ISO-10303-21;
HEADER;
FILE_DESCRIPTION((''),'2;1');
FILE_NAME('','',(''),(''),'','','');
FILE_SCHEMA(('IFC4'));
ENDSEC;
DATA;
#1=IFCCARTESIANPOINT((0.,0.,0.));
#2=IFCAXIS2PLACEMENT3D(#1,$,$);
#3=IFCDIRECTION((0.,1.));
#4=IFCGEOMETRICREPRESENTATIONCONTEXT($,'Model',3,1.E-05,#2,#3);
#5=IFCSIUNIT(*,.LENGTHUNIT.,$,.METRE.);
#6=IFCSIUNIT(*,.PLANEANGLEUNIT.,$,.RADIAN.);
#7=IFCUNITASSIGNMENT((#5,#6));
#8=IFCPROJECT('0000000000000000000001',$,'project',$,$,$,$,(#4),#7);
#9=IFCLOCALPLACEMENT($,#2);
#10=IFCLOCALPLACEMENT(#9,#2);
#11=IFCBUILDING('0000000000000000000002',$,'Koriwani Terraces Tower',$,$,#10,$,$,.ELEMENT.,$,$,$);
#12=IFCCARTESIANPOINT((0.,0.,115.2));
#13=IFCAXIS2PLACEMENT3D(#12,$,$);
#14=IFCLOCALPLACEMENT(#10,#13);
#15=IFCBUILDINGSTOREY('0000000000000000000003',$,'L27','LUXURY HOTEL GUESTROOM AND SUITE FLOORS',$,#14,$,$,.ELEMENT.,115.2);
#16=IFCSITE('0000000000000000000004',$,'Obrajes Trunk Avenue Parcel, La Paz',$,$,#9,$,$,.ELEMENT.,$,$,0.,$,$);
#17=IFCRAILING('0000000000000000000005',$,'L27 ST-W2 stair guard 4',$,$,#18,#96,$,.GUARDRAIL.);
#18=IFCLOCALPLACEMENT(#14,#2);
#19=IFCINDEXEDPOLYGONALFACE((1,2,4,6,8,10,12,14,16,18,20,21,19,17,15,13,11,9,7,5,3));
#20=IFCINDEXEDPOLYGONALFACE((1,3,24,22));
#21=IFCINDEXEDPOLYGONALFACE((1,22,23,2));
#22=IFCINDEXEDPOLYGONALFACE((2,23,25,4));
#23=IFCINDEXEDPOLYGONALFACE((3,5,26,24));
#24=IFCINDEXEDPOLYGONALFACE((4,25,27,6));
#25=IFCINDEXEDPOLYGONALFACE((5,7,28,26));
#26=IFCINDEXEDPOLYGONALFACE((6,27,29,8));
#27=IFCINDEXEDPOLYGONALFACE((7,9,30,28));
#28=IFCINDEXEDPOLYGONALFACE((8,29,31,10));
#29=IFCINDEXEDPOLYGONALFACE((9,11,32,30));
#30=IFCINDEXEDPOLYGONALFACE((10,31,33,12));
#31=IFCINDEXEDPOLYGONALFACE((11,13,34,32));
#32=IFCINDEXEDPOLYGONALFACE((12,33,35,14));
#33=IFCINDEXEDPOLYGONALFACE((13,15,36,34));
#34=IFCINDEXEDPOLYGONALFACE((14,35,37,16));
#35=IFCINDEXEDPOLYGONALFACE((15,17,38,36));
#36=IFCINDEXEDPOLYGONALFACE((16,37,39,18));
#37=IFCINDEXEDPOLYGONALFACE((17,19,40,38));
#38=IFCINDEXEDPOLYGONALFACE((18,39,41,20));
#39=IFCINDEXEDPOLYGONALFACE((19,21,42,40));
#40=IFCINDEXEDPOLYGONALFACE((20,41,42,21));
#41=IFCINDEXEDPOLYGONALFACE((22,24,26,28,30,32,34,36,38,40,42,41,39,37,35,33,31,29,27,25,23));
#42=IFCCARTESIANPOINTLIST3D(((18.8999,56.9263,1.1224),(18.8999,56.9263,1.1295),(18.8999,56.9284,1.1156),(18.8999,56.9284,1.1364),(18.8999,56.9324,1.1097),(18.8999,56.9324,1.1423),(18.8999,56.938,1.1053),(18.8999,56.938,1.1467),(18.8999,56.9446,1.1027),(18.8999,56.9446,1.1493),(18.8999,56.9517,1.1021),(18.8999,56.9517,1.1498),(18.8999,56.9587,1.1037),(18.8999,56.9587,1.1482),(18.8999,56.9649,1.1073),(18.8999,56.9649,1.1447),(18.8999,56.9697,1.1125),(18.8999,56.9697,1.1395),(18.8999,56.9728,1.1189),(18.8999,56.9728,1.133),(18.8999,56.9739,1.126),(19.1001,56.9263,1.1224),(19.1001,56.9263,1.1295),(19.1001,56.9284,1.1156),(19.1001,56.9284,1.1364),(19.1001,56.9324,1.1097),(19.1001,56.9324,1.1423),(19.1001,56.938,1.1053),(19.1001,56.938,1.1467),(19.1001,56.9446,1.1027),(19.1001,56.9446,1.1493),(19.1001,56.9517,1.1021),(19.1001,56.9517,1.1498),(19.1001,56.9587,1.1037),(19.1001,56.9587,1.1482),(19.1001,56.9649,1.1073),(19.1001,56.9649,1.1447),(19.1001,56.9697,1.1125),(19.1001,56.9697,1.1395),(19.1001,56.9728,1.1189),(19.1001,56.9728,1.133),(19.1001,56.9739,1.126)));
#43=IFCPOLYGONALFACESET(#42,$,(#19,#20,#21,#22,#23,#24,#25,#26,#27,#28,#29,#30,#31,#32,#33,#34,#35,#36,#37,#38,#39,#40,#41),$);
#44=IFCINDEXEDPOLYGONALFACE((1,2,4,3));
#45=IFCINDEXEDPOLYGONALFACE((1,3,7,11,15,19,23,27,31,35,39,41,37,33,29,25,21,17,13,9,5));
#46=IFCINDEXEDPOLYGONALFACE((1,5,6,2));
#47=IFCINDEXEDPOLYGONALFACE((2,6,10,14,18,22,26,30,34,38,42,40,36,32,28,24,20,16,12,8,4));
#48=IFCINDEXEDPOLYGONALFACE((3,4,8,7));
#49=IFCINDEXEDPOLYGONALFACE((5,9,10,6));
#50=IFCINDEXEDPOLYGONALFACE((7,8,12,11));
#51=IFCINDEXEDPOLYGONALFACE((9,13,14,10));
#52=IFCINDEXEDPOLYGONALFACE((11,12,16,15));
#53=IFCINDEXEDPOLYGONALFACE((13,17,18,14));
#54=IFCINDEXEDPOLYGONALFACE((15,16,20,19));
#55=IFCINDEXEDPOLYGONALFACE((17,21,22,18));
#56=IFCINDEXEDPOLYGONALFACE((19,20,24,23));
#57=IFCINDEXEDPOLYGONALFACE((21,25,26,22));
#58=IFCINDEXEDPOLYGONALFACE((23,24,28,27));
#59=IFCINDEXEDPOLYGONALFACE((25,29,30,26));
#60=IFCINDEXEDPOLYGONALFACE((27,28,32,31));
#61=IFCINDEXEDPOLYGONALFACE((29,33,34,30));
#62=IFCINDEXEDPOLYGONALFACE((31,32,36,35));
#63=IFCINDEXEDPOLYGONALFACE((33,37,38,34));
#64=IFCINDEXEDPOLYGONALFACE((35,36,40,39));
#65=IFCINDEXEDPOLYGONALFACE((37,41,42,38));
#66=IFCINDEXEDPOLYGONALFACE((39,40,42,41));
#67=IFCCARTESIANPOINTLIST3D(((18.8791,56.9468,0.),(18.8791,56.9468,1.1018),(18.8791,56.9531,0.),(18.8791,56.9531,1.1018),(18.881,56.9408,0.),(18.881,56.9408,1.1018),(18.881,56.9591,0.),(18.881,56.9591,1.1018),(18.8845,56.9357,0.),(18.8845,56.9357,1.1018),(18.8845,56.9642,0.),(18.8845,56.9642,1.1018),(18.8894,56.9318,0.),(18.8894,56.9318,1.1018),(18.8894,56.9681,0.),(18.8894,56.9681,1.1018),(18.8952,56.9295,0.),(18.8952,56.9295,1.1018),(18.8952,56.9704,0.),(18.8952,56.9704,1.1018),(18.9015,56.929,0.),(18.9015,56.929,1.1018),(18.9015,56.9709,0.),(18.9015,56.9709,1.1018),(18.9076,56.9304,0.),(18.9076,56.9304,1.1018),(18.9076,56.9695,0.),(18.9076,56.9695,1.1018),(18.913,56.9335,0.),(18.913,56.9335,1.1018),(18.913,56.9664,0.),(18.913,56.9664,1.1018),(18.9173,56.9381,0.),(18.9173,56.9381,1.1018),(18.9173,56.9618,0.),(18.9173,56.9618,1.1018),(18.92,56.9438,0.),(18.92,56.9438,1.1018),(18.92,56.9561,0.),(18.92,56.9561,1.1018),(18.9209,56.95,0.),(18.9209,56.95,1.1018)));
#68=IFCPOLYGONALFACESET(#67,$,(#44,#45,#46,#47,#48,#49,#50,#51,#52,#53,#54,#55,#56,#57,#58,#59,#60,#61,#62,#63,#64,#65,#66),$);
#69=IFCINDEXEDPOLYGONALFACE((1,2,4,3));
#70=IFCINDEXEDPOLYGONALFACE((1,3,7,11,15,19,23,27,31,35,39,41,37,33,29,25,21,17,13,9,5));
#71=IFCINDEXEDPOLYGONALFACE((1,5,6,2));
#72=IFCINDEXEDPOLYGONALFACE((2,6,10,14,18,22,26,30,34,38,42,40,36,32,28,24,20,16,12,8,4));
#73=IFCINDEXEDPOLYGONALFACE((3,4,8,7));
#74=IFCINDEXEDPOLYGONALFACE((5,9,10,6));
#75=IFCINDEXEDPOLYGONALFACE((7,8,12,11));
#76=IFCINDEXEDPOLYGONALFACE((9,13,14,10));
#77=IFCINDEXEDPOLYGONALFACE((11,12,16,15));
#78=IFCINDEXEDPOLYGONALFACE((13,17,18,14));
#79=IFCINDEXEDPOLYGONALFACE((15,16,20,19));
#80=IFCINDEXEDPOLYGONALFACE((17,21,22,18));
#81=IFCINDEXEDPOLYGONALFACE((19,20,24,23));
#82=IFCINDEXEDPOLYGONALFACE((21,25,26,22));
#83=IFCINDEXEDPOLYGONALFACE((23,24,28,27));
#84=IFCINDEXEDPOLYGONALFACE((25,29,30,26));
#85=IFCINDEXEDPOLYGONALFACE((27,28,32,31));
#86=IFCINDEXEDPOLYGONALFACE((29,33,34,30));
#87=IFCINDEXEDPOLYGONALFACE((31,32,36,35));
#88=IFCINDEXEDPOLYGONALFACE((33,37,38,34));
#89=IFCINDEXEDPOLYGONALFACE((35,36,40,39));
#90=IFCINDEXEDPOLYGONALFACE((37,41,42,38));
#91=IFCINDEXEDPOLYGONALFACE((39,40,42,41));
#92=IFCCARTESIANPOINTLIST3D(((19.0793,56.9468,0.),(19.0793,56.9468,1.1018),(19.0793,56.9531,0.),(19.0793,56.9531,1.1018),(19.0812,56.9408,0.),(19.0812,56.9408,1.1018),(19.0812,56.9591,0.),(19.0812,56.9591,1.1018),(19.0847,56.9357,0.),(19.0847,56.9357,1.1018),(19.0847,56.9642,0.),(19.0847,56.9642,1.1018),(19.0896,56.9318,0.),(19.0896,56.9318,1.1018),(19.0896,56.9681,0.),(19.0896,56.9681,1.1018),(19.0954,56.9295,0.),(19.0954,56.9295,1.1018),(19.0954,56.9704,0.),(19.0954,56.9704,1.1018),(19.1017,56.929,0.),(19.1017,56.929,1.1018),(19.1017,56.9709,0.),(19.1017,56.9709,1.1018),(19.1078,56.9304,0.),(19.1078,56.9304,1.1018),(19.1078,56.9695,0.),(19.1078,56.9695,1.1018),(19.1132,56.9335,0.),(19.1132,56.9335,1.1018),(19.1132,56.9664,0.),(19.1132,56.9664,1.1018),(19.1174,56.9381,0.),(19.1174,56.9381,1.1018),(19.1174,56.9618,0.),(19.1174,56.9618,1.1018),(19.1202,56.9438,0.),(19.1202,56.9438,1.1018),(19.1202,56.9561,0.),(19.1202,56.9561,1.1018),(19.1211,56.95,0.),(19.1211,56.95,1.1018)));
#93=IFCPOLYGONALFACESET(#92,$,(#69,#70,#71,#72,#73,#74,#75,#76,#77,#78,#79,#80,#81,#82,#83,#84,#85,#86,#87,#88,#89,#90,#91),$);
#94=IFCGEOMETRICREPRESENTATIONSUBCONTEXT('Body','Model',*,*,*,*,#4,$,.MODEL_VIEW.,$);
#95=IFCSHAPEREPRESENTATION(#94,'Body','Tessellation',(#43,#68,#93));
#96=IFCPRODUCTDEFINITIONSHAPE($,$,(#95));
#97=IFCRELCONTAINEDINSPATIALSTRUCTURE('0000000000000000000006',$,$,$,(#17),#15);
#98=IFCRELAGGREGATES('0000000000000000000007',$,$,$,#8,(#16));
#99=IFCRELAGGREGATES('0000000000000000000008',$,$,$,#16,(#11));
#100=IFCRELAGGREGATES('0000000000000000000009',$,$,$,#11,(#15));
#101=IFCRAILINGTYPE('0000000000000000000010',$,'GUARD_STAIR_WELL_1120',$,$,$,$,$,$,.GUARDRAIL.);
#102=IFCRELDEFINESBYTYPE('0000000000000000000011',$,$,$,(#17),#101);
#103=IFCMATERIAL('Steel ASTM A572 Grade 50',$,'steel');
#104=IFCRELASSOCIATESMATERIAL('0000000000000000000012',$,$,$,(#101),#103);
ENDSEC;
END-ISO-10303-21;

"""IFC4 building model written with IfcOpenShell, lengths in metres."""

from ifc_helpers import new_model, si_unit, direction, frame, origin, origin_2d, place, context, subcontext, project, spatial, circle, extrude, material, type_object, element, save


model = new_model("IFC4")

# Units and contexts
model_context = context("Model", 3, precision=1e-05, world=origin(), true_north=direction((0.0, 1.0)))
body_context = subcontext(model_context, "Body", "Model", "MODEL_VIEW")
ifc_project = project(units=[si_unit("LENGTHUNIT", "METRE"), si_unit("PLANEANGLEUNIT", "RADIAN")], contexts=[model_context])

# Site, building, storey
site_placement = place(None, origin())
site = spatial("IfcSite", under=ifc_project, at=site_placement, Name="Obrajes Trunk Avenue Parcel, La Paz", CompositionType="ELEMENT", RefElevation=0.0)
building_placement = place(site_placement, origin())
building = spatial("IfcBuilding", under=site, at=building_placement, Name="Koriwani Terraces Tower", CompositionType="ELEMENT")
storey_placement = place(building_placement, frame((0.0, 0.0, 115.2)))
storey = spatial("IfcBuildingStorey", under=building, at=storey_placement, Name="L27", Description="LUXURY HOTEL GUESTROOM AND SUITE FLOORS", CompositionType="ELEMENT", Elevation=115.2)

# Shared definitions
ifc_material_1 = material(Name="Steel ASTM A572 Grade 50", Category="steel")

# Railing
railing_type_1 = type_object("IfcRailingType", Name="GUARD_STAIR_WELL_1120", PredefinedType="GUARDRAIL", material=ifc_material_1)
railing_1_placement = place(storey_placement, frame((18.8999, 56.95, 0.0)))
element("IfcRailing", 1, at=railing_1_placement, inside=storey, type_object=railing_type_1, Name="L27 ST-W2 stair guard 4", PredefinedType="GUARDRAIL", context=body_context, shape_type="SweptSolid", body=[
    extrude(circle(Radius=0.0239, at=origin_2d()), frame((0.0, 0.0, 1.126), z_axis=(1.0, 0.0, 0.0), x_axis=(0.0, 1.0, 0.0)), (0.0, 0.0, 1.0), 0.2002),
    extrude(circle(Radius=0.021, at=origin_2d()), origin(), (0.0, 0.0, 1.0), 1.1018),
    extrude(circle(Radius=0.021, at=origin_2d()), frame((0.2002, 0.0, 0.0)), (0.0, 0.0, 1.0), 1.1018),
])

save(model, "model.ifc")
